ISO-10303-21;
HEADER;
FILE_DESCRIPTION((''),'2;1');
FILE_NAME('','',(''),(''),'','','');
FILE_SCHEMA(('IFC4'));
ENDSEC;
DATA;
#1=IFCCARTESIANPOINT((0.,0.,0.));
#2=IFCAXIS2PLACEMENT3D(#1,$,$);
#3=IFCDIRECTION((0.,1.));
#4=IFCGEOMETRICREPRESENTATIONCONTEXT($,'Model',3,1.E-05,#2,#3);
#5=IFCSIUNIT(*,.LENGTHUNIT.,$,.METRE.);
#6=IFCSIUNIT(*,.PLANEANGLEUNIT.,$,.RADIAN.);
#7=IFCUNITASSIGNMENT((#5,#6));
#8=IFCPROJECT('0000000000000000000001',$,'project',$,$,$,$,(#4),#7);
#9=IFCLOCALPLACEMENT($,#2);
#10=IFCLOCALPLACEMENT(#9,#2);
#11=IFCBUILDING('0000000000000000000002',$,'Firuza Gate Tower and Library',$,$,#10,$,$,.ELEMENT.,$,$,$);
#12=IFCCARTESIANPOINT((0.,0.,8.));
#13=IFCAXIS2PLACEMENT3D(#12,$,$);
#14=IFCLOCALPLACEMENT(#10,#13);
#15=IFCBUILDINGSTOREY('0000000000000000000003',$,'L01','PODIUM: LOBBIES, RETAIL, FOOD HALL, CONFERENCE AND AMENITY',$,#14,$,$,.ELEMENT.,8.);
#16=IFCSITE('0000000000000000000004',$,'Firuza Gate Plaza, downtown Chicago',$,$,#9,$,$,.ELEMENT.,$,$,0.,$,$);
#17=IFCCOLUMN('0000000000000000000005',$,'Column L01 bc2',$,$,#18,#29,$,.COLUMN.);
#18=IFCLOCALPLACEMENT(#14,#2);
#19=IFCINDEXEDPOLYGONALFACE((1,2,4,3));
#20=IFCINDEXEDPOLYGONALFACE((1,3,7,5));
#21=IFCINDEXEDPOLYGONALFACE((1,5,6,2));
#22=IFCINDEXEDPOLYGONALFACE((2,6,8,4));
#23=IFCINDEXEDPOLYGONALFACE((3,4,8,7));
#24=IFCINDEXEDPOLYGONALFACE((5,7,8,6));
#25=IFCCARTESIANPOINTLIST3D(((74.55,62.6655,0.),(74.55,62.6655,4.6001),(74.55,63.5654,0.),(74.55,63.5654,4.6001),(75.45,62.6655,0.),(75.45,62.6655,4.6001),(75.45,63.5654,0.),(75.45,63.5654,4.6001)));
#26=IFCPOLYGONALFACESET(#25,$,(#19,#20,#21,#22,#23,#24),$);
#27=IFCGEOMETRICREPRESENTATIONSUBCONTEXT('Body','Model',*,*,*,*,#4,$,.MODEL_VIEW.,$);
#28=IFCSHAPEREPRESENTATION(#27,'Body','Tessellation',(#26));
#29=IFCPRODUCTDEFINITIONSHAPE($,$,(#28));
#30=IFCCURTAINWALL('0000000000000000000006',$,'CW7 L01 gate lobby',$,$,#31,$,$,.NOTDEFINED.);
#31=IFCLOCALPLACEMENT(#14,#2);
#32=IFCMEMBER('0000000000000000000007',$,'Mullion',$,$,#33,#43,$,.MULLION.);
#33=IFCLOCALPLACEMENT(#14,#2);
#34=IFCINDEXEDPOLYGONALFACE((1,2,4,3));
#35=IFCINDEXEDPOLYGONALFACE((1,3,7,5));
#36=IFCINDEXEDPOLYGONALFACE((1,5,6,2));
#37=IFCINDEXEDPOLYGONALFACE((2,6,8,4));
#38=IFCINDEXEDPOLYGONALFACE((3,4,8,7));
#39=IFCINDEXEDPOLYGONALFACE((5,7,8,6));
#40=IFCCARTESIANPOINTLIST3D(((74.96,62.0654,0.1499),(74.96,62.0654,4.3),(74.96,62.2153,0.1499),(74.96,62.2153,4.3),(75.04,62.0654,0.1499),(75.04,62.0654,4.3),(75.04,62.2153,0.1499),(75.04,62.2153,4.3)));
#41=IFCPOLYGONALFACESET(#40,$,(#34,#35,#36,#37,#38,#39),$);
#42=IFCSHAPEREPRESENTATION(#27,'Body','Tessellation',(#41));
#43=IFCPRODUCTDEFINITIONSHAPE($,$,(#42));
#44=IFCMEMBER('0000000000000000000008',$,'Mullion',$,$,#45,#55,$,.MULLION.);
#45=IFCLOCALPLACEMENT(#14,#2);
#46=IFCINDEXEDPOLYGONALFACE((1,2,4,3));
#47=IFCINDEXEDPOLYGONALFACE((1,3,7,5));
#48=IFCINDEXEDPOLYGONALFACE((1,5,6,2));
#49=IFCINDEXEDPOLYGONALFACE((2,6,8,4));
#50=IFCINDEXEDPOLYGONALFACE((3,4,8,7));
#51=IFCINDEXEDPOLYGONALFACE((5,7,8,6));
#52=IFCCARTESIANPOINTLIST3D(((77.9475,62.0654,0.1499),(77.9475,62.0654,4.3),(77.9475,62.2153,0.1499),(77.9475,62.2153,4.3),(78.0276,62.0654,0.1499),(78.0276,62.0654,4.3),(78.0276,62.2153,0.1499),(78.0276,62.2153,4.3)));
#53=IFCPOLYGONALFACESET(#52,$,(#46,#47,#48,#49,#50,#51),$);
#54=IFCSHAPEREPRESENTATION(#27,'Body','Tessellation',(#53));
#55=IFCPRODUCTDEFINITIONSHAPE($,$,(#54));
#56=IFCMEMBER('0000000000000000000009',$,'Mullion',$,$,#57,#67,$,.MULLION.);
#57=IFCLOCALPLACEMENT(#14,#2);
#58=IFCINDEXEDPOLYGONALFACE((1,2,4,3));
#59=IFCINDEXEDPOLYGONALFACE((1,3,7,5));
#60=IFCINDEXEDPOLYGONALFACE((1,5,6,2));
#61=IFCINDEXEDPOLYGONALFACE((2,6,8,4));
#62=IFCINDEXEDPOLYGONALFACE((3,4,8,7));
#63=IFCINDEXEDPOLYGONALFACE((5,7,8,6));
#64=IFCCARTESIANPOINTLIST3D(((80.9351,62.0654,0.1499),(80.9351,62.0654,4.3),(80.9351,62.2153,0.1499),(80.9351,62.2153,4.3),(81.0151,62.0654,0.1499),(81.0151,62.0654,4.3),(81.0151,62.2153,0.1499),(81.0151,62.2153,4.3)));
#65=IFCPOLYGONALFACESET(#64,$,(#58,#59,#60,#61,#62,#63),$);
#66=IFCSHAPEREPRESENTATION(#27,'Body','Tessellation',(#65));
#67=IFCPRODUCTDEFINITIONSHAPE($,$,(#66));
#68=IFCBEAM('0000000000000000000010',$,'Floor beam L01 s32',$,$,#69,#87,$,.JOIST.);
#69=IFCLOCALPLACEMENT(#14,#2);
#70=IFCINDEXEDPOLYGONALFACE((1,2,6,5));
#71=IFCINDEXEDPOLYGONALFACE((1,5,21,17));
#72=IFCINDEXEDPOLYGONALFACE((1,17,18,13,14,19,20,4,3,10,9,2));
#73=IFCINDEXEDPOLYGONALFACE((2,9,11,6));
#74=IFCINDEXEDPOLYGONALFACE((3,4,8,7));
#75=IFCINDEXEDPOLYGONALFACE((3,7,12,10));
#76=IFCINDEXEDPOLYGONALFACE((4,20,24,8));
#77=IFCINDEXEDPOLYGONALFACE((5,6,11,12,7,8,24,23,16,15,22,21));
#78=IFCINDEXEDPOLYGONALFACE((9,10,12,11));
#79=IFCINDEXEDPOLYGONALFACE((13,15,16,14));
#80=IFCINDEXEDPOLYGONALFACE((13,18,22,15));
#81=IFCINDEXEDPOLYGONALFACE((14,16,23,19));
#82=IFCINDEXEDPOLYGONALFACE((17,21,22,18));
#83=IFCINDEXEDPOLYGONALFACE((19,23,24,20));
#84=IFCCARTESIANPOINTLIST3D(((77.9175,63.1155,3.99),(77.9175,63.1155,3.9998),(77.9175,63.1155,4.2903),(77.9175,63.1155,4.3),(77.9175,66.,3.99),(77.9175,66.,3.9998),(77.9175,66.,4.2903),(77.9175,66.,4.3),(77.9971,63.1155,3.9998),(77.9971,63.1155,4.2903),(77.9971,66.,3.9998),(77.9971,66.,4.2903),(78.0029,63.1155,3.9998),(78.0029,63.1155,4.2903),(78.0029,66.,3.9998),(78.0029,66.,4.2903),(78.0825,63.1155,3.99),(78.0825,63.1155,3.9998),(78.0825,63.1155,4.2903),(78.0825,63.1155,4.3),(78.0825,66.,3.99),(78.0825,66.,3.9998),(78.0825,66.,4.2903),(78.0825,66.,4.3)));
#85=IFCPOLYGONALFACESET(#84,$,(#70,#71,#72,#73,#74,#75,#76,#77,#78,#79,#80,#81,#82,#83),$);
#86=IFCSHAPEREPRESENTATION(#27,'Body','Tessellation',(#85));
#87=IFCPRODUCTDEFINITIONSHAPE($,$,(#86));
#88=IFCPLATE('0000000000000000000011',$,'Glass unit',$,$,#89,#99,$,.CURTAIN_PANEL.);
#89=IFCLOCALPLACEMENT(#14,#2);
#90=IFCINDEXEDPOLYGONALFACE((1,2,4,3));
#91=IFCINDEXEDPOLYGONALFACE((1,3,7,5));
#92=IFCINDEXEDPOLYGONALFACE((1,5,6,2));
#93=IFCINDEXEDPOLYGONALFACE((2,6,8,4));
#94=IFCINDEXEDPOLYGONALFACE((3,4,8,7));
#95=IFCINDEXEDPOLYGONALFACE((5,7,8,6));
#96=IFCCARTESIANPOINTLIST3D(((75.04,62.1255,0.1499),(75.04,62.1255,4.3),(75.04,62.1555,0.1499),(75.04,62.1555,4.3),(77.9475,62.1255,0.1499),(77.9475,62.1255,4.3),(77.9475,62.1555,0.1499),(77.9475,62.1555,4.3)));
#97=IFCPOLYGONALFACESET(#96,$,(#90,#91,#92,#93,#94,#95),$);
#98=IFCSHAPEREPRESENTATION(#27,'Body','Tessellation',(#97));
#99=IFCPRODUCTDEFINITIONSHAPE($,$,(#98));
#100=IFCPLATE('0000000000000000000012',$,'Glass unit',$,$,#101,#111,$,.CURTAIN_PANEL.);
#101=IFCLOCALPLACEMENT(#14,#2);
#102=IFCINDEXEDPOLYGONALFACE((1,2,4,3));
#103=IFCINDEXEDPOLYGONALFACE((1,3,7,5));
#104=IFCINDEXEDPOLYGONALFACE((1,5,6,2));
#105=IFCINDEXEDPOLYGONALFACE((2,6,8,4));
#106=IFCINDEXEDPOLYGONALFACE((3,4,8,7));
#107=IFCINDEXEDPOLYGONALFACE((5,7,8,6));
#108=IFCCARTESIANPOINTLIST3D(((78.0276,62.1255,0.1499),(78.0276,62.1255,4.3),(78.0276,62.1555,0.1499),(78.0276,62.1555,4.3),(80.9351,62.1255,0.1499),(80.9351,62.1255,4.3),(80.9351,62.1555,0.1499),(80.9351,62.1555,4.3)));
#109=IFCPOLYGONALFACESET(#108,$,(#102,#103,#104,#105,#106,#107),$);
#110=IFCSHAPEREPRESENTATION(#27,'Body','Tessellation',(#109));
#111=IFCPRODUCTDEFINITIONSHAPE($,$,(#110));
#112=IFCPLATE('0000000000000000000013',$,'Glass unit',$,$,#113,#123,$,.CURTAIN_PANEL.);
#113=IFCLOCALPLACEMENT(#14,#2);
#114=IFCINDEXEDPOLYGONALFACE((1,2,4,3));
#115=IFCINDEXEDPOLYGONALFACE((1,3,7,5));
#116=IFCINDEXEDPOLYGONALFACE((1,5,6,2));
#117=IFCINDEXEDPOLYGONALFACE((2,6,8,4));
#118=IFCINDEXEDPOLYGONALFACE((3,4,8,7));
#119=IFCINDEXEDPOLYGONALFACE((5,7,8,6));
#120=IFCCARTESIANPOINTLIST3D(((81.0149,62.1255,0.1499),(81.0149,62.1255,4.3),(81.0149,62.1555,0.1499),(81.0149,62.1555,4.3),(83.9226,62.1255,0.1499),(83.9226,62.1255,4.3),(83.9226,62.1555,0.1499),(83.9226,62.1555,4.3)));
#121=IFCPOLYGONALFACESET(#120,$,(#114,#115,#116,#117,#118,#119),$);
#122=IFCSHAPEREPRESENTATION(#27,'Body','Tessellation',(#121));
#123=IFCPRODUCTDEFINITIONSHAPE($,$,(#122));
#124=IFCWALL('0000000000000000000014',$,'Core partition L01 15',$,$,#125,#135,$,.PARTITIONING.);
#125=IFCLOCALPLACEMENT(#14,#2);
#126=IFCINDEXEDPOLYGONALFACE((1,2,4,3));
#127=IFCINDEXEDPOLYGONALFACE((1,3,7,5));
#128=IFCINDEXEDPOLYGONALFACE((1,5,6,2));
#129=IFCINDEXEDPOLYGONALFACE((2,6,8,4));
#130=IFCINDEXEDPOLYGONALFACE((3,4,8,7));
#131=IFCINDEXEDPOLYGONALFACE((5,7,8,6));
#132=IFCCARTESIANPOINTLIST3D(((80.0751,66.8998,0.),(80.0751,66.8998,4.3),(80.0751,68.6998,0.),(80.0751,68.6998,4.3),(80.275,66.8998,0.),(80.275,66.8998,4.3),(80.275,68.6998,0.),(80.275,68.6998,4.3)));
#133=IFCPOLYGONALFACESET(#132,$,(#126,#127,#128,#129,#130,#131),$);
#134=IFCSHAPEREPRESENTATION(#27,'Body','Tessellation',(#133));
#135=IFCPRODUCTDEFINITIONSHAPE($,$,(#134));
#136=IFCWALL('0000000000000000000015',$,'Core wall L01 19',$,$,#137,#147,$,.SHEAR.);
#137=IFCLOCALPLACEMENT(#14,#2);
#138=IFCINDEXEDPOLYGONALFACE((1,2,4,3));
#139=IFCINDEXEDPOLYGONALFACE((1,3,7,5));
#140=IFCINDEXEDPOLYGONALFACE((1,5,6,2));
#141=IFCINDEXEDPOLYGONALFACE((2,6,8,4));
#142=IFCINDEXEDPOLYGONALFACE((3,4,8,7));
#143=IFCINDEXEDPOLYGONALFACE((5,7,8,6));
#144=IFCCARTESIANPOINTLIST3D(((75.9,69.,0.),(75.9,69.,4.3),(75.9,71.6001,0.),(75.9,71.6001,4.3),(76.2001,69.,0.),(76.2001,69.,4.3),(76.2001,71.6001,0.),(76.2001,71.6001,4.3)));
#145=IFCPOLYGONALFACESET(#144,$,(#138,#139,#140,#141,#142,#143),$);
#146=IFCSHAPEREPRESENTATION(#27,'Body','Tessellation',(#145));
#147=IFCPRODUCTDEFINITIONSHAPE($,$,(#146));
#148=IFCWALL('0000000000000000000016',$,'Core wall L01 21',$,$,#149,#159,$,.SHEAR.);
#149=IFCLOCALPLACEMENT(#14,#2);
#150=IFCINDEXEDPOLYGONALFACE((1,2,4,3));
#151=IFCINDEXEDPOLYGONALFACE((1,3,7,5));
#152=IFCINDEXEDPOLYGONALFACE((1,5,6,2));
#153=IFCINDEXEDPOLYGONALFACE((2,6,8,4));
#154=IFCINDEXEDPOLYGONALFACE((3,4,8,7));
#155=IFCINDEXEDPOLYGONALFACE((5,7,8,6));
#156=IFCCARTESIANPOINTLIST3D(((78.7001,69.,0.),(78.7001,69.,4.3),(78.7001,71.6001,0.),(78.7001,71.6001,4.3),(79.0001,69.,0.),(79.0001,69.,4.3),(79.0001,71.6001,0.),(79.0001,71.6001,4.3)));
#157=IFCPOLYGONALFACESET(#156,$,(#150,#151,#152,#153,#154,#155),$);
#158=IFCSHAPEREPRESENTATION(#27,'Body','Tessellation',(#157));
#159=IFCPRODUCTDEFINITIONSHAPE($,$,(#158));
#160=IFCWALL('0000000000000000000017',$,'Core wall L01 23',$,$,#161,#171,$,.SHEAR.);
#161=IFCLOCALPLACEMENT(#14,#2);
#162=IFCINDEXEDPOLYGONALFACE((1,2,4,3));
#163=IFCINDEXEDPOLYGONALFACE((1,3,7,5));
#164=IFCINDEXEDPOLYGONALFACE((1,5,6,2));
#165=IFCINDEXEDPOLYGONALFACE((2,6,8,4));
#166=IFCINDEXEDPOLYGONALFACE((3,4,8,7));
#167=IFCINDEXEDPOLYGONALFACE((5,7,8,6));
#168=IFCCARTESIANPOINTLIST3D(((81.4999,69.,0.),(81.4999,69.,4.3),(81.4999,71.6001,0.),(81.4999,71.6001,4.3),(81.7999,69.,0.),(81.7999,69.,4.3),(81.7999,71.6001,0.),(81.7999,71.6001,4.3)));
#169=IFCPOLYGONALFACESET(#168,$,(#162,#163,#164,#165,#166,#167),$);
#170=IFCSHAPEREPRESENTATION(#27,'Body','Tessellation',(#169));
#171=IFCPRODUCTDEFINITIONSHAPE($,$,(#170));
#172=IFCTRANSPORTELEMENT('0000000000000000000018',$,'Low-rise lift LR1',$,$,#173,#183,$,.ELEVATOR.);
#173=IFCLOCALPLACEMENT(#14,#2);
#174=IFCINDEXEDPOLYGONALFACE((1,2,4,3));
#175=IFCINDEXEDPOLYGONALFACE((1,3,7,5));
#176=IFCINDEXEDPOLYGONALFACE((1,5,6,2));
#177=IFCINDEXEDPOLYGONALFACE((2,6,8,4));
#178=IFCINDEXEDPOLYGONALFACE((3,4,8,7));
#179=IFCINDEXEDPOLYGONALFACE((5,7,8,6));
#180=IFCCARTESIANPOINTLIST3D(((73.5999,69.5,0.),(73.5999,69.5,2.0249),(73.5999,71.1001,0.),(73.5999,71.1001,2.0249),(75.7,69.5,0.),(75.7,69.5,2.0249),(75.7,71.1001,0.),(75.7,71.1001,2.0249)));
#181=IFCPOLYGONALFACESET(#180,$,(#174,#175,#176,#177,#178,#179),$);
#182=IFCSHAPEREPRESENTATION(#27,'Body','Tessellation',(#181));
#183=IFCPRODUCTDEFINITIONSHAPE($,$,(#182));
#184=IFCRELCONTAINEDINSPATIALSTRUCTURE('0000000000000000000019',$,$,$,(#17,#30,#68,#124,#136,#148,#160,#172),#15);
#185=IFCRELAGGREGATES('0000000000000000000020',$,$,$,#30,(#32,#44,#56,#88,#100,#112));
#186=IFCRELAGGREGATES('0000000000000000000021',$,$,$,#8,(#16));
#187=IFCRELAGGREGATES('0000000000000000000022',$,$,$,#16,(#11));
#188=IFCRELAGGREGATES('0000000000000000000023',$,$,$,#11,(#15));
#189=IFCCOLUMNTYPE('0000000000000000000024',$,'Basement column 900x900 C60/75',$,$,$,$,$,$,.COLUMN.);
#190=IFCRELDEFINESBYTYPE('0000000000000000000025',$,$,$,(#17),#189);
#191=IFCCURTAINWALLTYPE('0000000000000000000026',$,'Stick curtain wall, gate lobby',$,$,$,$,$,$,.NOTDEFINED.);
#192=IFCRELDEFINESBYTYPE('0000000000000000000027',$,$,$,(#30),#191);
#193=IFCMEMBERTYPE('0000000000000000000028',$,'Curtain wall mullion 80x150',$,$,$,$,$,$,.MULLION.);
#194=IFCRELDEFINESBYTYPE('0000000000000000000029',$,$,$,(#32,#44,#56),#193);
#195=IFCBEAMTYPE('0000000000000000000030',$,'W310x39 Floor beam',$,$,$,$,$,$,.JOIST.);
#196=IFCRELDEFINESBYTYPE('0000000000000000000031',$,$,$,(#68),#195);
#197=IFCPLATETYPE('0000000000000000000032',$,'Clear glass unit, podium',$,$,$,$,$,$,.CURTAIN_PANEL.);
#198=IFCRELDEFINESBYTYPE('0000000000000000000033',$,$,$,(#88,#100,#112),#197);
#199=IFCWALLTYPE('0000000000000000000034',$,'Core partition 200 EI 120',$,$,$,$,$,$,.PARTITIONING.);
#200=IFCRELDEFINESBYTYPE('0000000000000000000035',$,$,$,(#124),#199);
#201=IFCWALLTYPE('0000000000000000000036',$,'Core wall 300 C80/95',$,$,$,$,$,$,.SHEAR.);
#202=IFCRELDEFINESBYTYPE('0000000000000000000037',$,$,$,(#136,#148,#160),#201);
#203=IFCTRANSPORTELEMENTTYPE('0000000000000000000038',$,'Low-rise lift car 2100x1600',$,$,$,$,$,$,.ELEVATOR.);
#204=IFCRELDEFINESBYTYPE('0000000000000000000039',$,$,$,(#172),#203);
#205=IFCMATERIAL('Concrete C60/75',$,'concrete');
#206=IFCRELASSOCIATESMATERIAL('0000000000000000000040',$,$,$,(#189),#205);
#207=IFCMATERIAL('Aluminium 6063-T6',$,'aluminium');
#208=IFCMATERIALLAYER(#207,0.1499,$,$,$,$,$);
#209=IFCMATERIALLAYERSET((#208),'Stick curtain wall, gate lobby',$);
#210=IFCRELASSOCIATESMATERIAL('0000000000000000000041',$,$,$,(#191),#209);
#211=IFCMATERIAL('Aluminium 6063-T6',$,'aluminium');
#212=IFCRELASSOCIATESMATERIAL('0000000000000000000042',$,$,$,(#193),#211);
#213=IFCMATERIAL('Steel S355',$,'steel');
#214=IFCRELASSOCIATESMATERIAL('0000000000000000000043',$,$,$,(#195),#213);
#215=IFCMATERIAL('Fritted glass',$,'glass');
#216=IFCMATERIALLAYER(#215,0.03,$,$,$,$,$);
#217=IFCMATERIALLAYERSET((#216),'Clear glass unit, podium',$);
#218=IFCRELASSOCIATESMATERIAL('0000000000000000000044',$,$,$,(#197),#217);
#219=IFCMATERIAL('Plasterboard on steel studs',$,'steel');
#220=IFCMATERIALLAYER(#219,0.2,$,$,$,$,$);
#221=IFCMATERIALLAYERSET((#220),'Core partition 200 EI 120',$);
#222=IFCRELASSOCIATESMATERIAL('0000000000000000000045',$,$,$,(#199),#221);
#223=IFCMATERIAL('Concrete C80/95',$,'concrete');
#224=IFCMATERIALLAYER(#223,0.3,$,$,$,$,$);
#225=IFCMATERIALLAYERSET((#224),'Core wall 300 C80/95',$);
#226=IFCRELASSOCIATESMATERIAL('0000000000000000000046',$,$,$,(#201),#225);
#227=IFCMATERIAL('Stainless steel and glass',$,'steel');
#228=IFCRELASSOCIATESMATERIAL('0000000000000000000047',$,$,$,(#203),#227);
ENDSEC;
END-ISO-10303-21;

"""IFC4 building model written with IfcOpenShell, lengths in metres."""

from ifc_helpers import new_model, si_unit, direction, frame, frame_2d, origin, origin_2d, place, context, subcontext, project, spatial, polyline, rectangle, i_section, outline, extrude, material, layer, layer_set, material_profile, profile_set, type_object, element, aggregate, save


model = new_model("IFC4")

# Units and contexts
model_context = context("Model", 3, precision=1e-05, world=origin(), true_north=direction((0.0, 1.0)))
body_context = subcontext(model_context, "Body", "Model", "MODEL_VIEW")
ifc_project = project(units=[si_unit("LENGTHUNIT", "METRE"), si_unit("PLANEANGLEUNIT", "RADIAN")], contexts=[model_context])

# Site, building, storey
site_placement = place(None, origin())
site = spatial("IfcSite", under=ifc_project, at=site_placement, Name="Firuza Gate Plaza, downtown Chicago", CompositionType="ELEMENT", RefElevation=0.0)
building_placement = place(site_placement, origin())
building = spatial("IfcBuilding", under=site, at=building_placement, Name="Firuza Gate Tower and Library", CompositionType="ELEMENT")
storey_placement = place(building_placement, frame((0.0, 0.0, 8.0)))
storey = spatial("IfcBuildingStorey", under=building, at=storey_placement, Name="L01", Description="PODIUM: LOBBIES, RETAIL, FOOD HALL, CONFERENCE AND AMENITY", CompositionType="ELEMENT", Elevation=8.0)

# Column
ifc_material_1 = material(Name="Concrete C60/75", Category="concrete")
ifc_material_profile_1 = material_profile(ifc_material_1, rectangle(XDim=0.8999, YDim=0.8999, at=origin_2d()))
ifc_profile_set_1 = profile_set([ifc_material_profile_1], Name="Concrete C60/75")
column_type = type_object("IfcColumnType", Name="Basement column 900x900 C60/75", PredefinedType="COLUMN", material=ifc_profile_set_1)
column_placement = place(storey_placement, frame((75.0, 63.1155, 0.0), z_axis=(0.0, 0.0, 1.0), x_axis=(1.0, 0.0, 0.0)))
element("IfcColumn", 1, at=column_placement, inside=storey, type_object=column_type, Name="Column L01 bc2", PredefinedType="COLUMN", context=body_context, shape_type="SweptSolid", body=[
    extrude(rectangle(XDim=0.8999, YDim=0.8999, at=origin_2d()), origin(), (0.0, 0.0, 1.0), 4.6001),
])

# Curtain wall, members
ifc_material_2 = material(Name="Aluminium 6063-T6", Category="aluminium")
ifc_layer_1 = layer(ifc_material_2, 0.1499)
ifc_layer_set_1 = layer_set([ifc_layer_1], Name="Stick curtain wall, gate lobby")
curtain_wall_type = type_object("IfcCurtainWallType", Name="Stick curtain wall, gate lobby", PredefinedType="NOTDEFINED", material=ifc_layer_set_1)
curtain_wall_placement = place(storey_placement, origin())
curtain_wall = element("IfcCurtainWall", 2, at=curtain_wall_placement, inside=storey, type_object=curtain_wall_type, Name="CW7 L01 gate lobby", PredefinedType="NOTDEFINED")
ifc_material_3 = material(Name="Aluminium 6063-T6", Category="aluminium")
ifc_material_profile_2 = material_profile(ifc_material_3, rectangle(XDim=0.1499, YDim=0.0801, at=origin_2d()))
ifc_profile_set_2 = profile_set([ifc_material_profile_2], Name="Aluminium 6063-T6")
member_type = type_object("IfcMemberType", Name="Curtain wall mullion 80x150", PredefinedType="MULLION", material=ifc_profile_set_2)
member_1_placement = place(storey_placement, frame((75.0, 62.1404, 0.1499), z_axis=(0.0, 0.0, 1.0), x_axis=(0.0, 1.0, 0.0)))
member_1 = element("IfcMember", 3, at=member_1_placement, type_object=member_type, Name="Mullion", PredefinedType="MULLION", context=body_context, shape_type="SweptSolid", body=[
    extrude(rectangle(XDim=0.1499, YDim=0.0801, at=origin_2d()), origin(), (0.0, 0.0, 1.0), 4.1501),
])
member_2_placement = place(storey_placement, frame((77.9875, 62.1404, 0.1499), z_axis=(0.0, 0.0, 1.0), x_axis=(0.0, 1.0, 0.0)))
member_2 = element("IfcMember", 4, at=member_2_placement, type_object=member_type, Name="Mullion", PredefinedType="MULLION", context=body_context, shape_type="SweptSolid", body=[
    extrude(rectangle(XDim=0.1499, YDim=0.0801, at=origin_2d()), origin(), (0.0, 0.0, 1.0), 4.1501),
])
member_3_placement = place(storey_placement, frame((80.9751, 62.1404, 0.1499), z_axis=(0.0, 0.0, 1.0), x_axis=(0.0, 1.0, 0.0)))
member_3 = element("IfcMember", 5, at=member_3_placement, type_object=member_type, Name="Mullion", PredefinedType="MULLION", context=body_context, shape_type="SweptSolid", body=[
    extrude(rectangle(XDim=0.1499, YDim=0.0801, at=origin_2d()), origin(), (0.0, 0.0, 1.0), 4.1501),
])

# Beam
ifc_material_4 = material(Name="Steel S355", Category="steel")
ifc_material_profile_3 = material_profile(ifc_material_4, i_section(OverallWidth=0.165, OverallDepth=0.3101, WebThickness=0.0059, FlangeThickness=0.0098, at=origin_2d()))
ifc_profile_set_3 = profile_set([ifc_material_profile_3], Name="Steel S355")
beam_type = type_object("IfcBeamType", Name="W310x39 Floor beam", PredefinedType="JOIST", material=ifc_profile_set_3)
beam_placement = place(storey_placement, frame((78.0, 63.1155, 4.145), z_axis=(0.0, 1.0, 0.0), x_axis=(-1.0, 0.0, 0.0)))
element("IfcBeam", 6, at=beam_placement, inside=storey, type_object=beam_type, Name="Floor beam L01 s32", PredefinedType="JOIST", context=body_context, shape_type="SweptSolid", body=[
    extrude(i_section(OverallWidth=0.165, OverallDepth=0.3101, WebThickness=0.0059, FlangeThickness=0.0098, at=origin_2d()), origin(), (0.0, 0.0, 1.0), 2.8845),
])

# Plates
ifc_material_5 = material(Name="Fritted glass", Category="glass")
ifc_layer_2 = layer(ifc_material_5, 0.03)
ifc_layer_set_2 = layer_set([ifc_layer_2], Name="Clear glass unit, podium")
plate_type = type_object("IfcPlateType", Name="Clear glass unit, podium", PredefinedType="CURTAIN_PANEL", material=ifc_layer_set_2)
plate_1_placement = place(storey_placement, frame((75.04, 62.1255, 0.1499), z_axis=(0.0, -1.0, 0.0), x_axis=(1.0, 0.0, 0.0)))
plate_1 = element("IfcPlate", 7, at=plate_1_placement, type_object=plate_type, Name="Glass unit", PredefinedType="CURTAIN_PANEL", context=body_context, shape_type="SweptSolid", body=[
    extrude(outline(polyline([(0.0, 0.0), (2.9075, 0.0), (2.9075, 4.1501), (0.0, 4.1501), (0.0, 0.0)])), origin(), (0.0, 0.0, -1.0), 0.03),
])
plate_2_placement = place(storey_placement, frame((78.0276, 62.1255, 0.1499), z_axis=(0.0, -1.0, 0.0), x_axis=(1.0, 0.0, 0.0)))
plate_2 = element("IfcPlate", 8, at=plate_2_placement, type_object=plate_type, Name="Glass unit", PredefinedType="CURTAIN_PANEL", context=body_context, shape_type="SweptSolid", body=[
    extrude(outline(polyline([(0.0, 0.0), (2.9075, 0.0), (2.9075, 4.1501), (0.0, 4.1501), (0.0, 0.0)])), origin(), (0.0, 0.0, -1.0), 0.03),
])
plate_3_placement = place(storey_placement, frame((81.0149, 62.1255, 0.1499), z_axis=(0.0, -1.0, 0.0), x_axis=(1.0, 0.0, 0.0)))
plate_3 = element("IfcPlate", 9, at=plate_3_placement, type_object=plate_type, Name="Glass unit", PredefinedType="CURTAIN_PANEL", context=body_context, shape_type="SweptSolid", body=[
    extrude(outline(polyline([(0.0, 0.0), (2.9077, 0.0), (2.9077, 4.1501), (0.0, 4.1501), (0.0, 0.0)])), origin(), (0.0, 0.0, -1.0), 0.03),
])
aggregate(curtain_wall, [member_1, member_2, member_3, plate_1, plate_2, plate_3])

# Walls
ifc_material_6 = material(Name="Plasterboard on steel studs", Category="steel")
ifc_layer_3 = layer(ifc_material_6, 0.2)
ifc_layer_set_3 = layer_set([ifc_layer_3], Name="Core partition 200 EI 120")
wall_type_1 = type_object("IfcWallType", Name="Core partition 200 EI 120", PredefinedType="PARTITIONING", material=ifc_layer_set_3)
wall_placement = place(storey_placement, frame((80.175, 66.8999, 0.0), z_axis=(0.0, 0.0, 1.0), x_axis=(0.0, 1.0, 0.0)))
element("IfcWall", 10, at=wall_placement, inside=storey, type_object=wall_type_1, Name="Core partition L01 15", PredefinedType="PARTITIONING", context=body_context, shape_type="SweptSolid", body=[
    extrude(rectangle(XDim=1.8, YDim=0.2, at=frame_2d((0.8999, 0.0))), origin(), (0.0, 0.0, 1.0), 4.3),
])
ifc_material_7 = material(Name="Concrete C80/95", Category="concrete")
ifc_layer_4 = layer(ifc_material_7, 0.3)
ifc_layer_set_4 = layer_set([ifc_layer_4], Name="Core wall 300 C80/95")
wall_type_2 = type_object("IfcWallType", Name="Core wall 300 C80/95", PredefinedType="SHEAR", material=ifc_layer_set_4)
for number, where, z_axis, x_axis, name in (
    (11, (76.05, 69.0, 0.0), (0.0, 0.0, 1.0), (0.0, 1.0, 0.0), "Core wall L01 19"),
    (12, (78.8501, 69.0, 0.0), (0.0, 0.0, 1.0), (0.0, 1.0, 0.0), "Core wall L01 21"),
    (13, (81.6499, 69.0, 0.0), (0.0, 0.0, 1.0), (0.0, 1.0, 0.0), "Core wall L01 23"),
):
    element("IfcWall", number, at=place(storey_placement, frame(where, z_axis=z_axis, x_axis=x_axis)), inside=storey, type_object=wall_type_2, Name=name, PredefinedType="SHEAR", context=body_context, shape_type="SweptSolid", body=[
        extrude(rectangle(XDim=2.6001, YDim=0.3, at=frame_2d((1.3, 0.0))), origin(), (0.0, 0.0, 1.0), 4.3),
    ])

# Transport element
ifc_material_8 = material(Name="Stainless steel and glass", Category="steel")
transport_element_type = type_object("IfcTransportElementType", Name="Low-rise lift car 2100x1600", PredefinedType="ELEVATOR", material=ifc_material_8)
for number, where, z_axis, x_axis, name in (
    (14, (74.6499, 70.3, 0.0), (0.0, 0.0, 1.0), (1.0, 0.0, 0.0), "Low-rise lift LR1"),
):
    element("IfcTransportElement", number, at=place(storey_placement, frame(where, z_axis=z_axis, x_axis=x_axis)), inside=storey, type_object=transport_element_type, Name=name, PredefinedType="ELEVATOR", context=body_context, shape_type="SweptSolid", body=[
        extrude(rectangle(XDim=2.1001, YDim=1.6001, at=origin_2d()), origin(), (0.0, 0.0, 1.0), 2.0249),
    ])

save(model, "model.ifc")
